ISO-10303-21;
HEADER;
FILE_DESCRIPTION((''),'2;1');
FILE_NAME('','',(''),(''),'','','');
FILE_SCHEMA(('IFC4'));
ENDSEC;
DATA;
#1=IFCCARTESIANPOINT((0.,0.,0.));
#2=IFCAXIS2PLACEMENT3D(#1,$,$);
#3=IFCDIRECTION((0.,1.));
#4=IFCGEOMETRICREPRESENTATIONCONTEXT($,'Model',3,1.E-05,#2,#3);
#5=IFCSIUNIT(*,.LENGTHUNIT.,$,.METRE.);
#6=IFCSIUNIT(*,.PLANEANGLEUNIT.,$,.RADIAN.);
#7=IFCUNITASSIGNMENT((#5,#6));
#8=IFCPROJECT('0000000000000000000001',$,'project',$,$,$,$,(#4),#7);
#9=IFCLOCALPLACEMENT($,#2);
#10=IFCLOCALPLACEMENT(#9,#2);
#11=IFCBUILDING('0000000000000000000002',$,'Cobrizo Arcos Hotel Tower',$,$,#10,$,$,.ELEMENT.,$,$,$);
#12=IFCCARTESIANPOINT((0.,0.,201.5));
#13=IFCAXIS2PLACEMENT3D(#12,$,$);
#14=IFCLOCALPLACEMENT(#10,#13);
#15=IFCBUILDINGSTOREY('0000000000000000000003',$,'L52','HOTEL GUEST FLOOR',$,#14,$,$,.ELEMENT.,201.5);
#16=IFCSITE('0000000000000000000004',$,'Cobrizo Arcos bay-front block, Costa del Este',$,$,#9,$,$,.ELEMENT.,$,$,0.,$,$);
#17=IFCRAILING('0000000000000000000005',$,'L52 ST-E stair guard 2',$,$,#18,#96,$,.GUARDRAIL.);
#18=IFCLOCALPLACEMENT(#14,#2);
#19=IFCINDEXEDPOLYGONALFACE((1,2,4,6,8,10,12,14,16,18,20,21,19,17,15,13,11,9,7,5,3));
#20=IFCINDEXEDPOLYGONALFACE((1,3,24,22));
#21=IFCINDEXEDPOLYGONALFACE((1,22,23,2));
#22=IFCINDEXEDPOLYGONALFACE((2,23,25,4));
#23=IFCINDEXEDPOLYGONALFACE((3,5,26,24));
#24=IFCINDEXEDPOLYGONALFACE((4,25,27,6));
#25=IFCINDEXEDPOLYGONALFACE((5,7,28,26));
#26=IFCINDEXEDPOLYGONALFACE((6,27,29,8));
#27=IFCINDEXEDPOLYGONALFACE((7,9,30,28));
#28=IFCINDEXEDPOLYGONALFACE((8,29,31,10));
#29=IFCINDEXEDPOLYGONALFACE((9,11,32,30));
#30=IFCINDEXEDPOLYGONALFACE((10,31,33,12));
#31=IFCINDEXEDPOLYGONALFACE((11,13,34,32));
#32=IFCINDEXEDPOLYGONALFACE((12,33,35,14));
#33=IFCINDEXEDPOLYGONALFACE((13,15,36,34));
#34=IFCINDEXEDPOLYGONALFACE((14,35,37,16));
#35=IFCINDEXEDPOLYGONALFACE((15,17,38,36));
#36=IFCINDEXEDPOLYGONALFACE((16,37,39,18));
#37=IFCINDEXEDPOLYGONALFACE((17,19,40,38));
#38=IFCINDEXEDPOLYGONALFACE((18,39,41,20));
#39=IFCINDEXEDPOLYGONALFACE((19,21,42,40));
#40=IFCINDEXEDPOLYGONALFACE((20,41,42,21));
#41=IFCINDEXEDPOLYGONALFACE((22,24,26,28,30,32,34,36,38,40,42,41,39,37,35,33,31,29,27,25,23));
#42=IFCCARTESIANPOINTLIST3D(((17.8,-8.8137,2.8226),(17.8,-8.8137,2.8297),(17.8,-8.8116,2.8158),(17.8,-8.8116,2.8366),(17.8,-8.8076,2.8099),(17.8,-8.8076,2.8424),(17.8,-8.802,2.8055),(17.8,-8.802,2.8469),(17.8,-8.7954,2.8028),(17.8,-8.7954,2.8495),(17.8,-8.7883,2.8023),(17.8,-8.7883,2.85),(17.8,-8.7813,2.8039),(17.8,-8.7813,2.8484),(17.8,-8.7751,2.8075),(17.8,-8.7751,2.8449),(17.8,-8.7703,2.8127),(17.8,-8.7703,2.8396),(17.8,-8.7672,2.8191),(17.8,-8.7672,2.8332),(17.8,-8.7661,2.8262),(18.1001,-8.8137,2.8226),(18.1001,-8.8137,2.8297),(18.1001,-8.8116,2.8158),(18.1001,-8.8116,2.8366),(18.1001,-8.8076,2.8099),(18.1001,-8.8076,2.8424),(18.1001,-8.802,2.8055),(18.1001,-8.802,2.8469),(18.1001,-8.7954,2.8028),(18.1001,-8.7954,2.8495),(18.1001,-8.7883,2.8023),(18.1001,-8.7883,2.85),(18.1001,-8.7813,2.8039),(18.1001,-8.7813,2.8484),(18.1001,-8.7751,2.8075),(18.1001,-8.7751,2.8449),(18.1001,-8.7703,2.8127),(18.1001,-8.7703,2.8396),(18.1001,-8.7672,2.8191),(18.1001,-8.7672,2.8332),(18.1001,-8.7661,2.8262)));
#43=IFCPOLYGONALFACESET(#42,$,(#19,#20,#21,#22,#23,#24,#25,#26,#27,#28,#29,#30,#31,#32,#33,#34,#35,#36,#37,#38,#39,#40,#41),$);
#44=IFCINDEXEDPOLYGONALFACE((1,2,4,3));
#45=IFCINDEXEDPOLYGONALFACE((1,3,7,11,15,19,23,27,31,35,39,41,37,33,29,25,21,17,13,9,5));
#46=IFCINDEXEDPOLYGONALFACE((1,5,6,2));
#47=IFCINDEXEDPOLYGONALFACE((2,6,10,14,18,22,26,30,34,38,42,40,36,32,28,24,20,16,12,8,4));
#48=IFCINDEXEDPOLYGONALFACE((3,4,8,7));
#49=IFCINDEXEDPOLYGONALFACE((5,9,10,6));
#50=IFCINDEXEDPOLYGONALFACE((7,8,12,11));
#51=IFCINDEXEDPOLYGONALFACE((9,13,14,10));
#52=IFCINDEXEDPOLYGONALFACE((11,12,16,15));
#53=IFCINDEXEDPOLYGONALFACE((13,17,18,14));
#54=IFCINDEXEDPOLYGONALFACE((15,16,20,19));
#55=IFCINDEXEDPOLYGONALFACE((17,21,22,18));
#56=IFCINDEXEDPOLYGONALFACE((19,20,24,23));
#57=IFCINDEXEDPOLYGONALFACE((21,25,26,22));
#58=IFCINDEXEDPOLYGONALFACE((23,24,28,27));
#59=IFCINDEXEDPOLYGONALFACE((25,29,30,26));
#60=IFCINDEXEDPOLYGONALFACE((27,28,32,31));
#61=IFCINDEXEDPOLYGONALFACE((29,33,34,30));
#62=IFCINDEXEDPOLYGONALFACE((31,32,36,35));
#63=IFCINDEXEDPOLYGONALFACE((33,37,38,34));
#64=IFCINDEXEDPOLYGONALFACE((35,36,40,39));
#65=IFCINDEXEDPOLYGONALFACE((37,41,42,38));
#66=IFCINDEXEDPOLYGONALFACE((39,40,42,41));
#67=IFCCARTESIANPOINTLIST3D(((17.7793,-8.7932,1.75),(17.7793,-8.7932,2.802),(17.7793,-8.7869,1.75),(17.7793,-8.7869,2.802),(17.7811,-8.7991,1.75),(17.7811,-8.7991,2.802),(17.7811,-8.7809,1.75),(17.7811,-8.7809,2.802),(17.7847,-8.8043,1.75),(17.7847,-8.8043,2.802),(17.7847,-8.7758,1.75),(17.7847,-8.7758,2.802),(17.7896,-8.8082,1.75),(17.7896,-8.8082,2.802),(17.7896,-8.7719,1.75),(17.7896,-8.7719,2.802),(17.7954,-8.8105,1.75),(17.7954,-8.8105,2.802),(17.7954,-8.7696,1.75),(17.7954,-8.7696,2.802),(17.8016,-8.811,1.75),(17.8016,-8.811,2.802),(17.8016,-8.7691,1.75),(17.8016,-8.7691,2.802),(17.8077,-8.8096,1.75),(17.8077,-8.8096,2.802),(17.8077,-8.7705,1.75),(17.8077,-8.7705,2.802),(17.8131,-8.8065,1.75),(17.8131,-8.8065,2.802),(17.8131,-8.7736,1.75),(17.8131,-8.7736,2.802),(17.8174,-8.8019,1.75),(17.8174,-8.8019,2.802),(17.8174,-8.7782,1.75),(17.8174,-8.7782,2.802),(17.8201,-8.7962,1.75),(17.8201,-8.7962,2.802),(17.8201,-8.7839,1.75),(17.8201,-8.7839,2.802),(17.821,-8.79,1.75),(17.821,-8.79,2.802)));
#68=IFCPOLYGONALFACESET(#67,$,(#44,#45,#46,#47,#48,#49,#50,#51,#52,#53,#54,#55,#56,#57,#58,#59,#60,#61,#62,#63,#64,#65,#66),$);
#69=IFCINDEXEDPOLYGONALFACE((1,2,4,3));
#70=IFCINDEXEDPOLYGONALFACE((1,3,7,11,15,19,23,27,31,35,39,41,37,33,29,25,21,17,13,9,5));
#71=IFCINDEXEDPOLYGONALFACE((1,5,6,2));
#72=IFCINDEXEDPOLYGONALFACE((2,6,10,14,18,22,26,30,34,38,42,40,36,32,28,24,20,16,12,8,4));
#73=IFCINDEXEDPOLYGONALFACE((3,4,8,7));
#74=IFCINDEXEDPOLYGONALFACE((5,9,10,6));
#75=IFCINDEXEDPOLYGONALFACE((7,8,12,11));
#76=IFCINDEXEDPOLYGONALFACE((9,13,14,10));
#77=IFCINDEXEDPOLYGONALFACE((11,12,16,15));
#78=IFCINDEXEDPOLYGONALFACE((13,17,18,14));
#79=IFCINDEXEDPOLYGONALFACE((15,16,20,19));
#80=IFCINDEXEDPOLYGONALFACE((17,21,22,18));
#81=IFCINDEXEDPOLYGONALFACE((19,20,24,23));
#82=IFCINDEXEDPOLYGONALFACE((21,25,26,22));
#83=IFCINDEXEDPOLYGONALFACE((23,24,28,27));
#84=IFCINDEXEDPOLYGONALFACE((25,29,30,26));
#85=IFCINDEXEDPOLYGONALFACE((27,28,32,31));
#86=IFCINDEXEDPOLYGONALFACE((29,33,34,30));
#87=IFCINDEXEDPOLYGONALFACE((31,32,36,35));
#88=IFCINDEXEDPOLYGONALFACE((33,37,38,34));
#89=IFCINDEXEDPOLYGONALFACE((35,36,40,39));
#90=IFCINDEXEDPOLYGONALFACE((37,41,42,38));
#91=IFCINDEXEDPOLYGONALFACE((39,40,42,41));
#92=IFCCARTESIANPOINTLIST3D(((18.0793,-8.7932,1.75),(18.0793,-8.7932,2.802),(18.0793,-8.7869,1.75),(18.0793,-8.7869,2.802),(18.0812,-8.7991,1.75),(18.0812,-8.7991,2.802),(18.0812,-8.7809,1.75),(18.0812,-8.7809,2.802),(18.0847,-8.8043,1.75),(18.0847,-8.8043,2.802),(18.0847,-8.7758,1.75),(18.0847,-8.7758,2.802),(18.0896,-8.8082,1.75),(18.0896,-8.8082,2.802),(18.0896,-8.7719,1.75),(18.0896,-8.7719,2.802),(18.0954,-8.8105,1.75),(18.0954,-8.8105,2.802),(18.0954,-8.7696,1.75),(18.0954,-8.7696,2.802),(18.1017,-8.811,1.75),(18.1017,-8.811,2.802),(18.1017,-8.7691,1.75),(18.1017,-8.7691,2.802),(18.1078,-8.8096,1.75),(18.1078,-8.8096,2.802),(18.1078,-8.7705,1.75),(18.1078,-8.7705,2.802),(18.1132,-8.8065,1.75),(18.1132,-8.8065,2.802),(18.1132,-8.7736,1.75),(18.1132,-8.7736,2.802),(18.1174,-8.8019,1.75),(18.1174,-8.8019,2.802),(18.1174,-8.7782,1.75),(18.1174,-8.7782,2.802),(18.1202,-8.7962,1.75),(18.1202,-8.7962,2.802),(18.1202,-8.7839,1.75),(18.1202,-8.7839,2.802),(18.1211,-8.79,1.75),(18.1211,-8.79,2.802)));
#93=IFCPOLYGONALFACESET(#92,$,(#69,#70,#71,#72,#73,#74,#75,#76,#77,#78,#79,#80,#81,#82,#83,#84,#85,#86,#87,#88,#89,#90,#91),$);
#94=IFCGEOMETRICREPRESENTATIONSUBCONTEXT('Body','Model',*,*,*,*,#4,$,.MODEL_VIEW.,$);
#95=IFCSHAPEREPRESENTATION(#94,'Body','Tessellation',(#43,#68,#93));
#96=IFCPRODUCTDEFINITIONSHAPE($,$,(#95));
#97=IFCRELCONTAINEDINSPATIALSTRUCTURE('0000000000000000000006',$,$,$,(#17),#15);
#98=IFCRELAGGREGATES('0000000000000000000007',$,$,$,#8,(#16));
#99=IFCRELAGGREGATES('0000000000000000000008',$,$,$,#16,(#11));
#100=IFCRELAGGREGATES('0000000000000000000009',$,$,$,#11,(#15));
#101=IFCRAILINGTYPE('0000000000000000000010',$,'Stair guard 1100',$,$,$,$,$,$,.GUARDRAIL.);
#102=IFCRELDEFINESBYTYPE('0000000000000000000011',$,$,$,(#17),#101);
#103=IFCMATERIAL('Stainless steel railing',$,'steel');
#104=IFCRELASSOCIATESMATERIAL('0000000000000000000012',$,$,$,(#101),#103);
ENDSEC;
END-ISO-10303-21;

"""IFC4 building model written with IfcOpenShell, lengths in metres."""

from ifc_helpers import new_model, si_unit, direction, frame, origin, origin_2d, place, context, subcontext, project, spatial, circle, extrude, material, type_object, element, save


model = new_model("IFC4")

# Units and contexts
model_context = context("Model", 3, precision=1e-05, world=origin(), true_north=direction((0.0, 1.0)))
body_context = subcontext(model_context, "Body", "Model", "MODEL_VIEW")
ifc_project = project(units=[si_unit("LENGTHUNIT", "METRE"), si_unit("PLANEANGLEUNIT", "RADIAN")], contexts=[model_context])

# Site, building, storey
site_placement = place(None, origin())
site = spatial("IfcSite", under=ifc_project, at=site_placement, Name="Cobrizo Arcos bay-front block, Costa del Este", CompositionType="ELEMENT", RefElevation=0.0)
building_placement = place(site_placement, origin())
building = spatial("IfcBuilding", under=site, at=building_placement, Name="Cobrizo Arcos Hotel Tower", CompositionType="ELEMENT")
storey_placement = place(building_placement, frame((0.0, 0.0, 201.5)))
storey = spatial("IfcBuildingStorey", under=building, at=storey_placement, Name="L52", Description="HOTEL GUEST FLOOR", CompositionType="ELEMENT", Elevation=201.5)

# Railing
ifc_material_1 = material(Name="Stainless steel railing", Category="steel")
railing_type_1 = type_object("IfcRailingType", Name="Stair guard 1100", PredefinedType="GUARDRAIL", material=ifc_material_1)
railing_1_placement = place(storey_placement, frame((17.8, -8.79, 1.75)))
element("IfcRailing", 1, at=railing_1_placement, inside=storey, type_object=railing_type_1, Name="L52 ST-E stair guard 2", PredefinedType="GUARDRAIL", context=body_context, shape_type="SweptSolid", body=[
    extrude(circle(Radius=0.0239, at=origin_2d()), frame((0.0, 0.0, 1.0762), z_axis=(1.0, 0.0, 0.0), x_axis=(0.0, 1.0, 0.0)), (0.0, 0.0, 1.0), 0.3),
    extrude(circle(Radius=0.021, at=origin_2d()), origin(), (0.0, 0.0, 1.0), 1.052),
    extrude(circle(Radius=0.021, at=origin_2d()), frame((0.3, 0.0, 0.0)), (0.0, 0.0, 1.0), 1.052),
])

save(model, "model.ifc")
